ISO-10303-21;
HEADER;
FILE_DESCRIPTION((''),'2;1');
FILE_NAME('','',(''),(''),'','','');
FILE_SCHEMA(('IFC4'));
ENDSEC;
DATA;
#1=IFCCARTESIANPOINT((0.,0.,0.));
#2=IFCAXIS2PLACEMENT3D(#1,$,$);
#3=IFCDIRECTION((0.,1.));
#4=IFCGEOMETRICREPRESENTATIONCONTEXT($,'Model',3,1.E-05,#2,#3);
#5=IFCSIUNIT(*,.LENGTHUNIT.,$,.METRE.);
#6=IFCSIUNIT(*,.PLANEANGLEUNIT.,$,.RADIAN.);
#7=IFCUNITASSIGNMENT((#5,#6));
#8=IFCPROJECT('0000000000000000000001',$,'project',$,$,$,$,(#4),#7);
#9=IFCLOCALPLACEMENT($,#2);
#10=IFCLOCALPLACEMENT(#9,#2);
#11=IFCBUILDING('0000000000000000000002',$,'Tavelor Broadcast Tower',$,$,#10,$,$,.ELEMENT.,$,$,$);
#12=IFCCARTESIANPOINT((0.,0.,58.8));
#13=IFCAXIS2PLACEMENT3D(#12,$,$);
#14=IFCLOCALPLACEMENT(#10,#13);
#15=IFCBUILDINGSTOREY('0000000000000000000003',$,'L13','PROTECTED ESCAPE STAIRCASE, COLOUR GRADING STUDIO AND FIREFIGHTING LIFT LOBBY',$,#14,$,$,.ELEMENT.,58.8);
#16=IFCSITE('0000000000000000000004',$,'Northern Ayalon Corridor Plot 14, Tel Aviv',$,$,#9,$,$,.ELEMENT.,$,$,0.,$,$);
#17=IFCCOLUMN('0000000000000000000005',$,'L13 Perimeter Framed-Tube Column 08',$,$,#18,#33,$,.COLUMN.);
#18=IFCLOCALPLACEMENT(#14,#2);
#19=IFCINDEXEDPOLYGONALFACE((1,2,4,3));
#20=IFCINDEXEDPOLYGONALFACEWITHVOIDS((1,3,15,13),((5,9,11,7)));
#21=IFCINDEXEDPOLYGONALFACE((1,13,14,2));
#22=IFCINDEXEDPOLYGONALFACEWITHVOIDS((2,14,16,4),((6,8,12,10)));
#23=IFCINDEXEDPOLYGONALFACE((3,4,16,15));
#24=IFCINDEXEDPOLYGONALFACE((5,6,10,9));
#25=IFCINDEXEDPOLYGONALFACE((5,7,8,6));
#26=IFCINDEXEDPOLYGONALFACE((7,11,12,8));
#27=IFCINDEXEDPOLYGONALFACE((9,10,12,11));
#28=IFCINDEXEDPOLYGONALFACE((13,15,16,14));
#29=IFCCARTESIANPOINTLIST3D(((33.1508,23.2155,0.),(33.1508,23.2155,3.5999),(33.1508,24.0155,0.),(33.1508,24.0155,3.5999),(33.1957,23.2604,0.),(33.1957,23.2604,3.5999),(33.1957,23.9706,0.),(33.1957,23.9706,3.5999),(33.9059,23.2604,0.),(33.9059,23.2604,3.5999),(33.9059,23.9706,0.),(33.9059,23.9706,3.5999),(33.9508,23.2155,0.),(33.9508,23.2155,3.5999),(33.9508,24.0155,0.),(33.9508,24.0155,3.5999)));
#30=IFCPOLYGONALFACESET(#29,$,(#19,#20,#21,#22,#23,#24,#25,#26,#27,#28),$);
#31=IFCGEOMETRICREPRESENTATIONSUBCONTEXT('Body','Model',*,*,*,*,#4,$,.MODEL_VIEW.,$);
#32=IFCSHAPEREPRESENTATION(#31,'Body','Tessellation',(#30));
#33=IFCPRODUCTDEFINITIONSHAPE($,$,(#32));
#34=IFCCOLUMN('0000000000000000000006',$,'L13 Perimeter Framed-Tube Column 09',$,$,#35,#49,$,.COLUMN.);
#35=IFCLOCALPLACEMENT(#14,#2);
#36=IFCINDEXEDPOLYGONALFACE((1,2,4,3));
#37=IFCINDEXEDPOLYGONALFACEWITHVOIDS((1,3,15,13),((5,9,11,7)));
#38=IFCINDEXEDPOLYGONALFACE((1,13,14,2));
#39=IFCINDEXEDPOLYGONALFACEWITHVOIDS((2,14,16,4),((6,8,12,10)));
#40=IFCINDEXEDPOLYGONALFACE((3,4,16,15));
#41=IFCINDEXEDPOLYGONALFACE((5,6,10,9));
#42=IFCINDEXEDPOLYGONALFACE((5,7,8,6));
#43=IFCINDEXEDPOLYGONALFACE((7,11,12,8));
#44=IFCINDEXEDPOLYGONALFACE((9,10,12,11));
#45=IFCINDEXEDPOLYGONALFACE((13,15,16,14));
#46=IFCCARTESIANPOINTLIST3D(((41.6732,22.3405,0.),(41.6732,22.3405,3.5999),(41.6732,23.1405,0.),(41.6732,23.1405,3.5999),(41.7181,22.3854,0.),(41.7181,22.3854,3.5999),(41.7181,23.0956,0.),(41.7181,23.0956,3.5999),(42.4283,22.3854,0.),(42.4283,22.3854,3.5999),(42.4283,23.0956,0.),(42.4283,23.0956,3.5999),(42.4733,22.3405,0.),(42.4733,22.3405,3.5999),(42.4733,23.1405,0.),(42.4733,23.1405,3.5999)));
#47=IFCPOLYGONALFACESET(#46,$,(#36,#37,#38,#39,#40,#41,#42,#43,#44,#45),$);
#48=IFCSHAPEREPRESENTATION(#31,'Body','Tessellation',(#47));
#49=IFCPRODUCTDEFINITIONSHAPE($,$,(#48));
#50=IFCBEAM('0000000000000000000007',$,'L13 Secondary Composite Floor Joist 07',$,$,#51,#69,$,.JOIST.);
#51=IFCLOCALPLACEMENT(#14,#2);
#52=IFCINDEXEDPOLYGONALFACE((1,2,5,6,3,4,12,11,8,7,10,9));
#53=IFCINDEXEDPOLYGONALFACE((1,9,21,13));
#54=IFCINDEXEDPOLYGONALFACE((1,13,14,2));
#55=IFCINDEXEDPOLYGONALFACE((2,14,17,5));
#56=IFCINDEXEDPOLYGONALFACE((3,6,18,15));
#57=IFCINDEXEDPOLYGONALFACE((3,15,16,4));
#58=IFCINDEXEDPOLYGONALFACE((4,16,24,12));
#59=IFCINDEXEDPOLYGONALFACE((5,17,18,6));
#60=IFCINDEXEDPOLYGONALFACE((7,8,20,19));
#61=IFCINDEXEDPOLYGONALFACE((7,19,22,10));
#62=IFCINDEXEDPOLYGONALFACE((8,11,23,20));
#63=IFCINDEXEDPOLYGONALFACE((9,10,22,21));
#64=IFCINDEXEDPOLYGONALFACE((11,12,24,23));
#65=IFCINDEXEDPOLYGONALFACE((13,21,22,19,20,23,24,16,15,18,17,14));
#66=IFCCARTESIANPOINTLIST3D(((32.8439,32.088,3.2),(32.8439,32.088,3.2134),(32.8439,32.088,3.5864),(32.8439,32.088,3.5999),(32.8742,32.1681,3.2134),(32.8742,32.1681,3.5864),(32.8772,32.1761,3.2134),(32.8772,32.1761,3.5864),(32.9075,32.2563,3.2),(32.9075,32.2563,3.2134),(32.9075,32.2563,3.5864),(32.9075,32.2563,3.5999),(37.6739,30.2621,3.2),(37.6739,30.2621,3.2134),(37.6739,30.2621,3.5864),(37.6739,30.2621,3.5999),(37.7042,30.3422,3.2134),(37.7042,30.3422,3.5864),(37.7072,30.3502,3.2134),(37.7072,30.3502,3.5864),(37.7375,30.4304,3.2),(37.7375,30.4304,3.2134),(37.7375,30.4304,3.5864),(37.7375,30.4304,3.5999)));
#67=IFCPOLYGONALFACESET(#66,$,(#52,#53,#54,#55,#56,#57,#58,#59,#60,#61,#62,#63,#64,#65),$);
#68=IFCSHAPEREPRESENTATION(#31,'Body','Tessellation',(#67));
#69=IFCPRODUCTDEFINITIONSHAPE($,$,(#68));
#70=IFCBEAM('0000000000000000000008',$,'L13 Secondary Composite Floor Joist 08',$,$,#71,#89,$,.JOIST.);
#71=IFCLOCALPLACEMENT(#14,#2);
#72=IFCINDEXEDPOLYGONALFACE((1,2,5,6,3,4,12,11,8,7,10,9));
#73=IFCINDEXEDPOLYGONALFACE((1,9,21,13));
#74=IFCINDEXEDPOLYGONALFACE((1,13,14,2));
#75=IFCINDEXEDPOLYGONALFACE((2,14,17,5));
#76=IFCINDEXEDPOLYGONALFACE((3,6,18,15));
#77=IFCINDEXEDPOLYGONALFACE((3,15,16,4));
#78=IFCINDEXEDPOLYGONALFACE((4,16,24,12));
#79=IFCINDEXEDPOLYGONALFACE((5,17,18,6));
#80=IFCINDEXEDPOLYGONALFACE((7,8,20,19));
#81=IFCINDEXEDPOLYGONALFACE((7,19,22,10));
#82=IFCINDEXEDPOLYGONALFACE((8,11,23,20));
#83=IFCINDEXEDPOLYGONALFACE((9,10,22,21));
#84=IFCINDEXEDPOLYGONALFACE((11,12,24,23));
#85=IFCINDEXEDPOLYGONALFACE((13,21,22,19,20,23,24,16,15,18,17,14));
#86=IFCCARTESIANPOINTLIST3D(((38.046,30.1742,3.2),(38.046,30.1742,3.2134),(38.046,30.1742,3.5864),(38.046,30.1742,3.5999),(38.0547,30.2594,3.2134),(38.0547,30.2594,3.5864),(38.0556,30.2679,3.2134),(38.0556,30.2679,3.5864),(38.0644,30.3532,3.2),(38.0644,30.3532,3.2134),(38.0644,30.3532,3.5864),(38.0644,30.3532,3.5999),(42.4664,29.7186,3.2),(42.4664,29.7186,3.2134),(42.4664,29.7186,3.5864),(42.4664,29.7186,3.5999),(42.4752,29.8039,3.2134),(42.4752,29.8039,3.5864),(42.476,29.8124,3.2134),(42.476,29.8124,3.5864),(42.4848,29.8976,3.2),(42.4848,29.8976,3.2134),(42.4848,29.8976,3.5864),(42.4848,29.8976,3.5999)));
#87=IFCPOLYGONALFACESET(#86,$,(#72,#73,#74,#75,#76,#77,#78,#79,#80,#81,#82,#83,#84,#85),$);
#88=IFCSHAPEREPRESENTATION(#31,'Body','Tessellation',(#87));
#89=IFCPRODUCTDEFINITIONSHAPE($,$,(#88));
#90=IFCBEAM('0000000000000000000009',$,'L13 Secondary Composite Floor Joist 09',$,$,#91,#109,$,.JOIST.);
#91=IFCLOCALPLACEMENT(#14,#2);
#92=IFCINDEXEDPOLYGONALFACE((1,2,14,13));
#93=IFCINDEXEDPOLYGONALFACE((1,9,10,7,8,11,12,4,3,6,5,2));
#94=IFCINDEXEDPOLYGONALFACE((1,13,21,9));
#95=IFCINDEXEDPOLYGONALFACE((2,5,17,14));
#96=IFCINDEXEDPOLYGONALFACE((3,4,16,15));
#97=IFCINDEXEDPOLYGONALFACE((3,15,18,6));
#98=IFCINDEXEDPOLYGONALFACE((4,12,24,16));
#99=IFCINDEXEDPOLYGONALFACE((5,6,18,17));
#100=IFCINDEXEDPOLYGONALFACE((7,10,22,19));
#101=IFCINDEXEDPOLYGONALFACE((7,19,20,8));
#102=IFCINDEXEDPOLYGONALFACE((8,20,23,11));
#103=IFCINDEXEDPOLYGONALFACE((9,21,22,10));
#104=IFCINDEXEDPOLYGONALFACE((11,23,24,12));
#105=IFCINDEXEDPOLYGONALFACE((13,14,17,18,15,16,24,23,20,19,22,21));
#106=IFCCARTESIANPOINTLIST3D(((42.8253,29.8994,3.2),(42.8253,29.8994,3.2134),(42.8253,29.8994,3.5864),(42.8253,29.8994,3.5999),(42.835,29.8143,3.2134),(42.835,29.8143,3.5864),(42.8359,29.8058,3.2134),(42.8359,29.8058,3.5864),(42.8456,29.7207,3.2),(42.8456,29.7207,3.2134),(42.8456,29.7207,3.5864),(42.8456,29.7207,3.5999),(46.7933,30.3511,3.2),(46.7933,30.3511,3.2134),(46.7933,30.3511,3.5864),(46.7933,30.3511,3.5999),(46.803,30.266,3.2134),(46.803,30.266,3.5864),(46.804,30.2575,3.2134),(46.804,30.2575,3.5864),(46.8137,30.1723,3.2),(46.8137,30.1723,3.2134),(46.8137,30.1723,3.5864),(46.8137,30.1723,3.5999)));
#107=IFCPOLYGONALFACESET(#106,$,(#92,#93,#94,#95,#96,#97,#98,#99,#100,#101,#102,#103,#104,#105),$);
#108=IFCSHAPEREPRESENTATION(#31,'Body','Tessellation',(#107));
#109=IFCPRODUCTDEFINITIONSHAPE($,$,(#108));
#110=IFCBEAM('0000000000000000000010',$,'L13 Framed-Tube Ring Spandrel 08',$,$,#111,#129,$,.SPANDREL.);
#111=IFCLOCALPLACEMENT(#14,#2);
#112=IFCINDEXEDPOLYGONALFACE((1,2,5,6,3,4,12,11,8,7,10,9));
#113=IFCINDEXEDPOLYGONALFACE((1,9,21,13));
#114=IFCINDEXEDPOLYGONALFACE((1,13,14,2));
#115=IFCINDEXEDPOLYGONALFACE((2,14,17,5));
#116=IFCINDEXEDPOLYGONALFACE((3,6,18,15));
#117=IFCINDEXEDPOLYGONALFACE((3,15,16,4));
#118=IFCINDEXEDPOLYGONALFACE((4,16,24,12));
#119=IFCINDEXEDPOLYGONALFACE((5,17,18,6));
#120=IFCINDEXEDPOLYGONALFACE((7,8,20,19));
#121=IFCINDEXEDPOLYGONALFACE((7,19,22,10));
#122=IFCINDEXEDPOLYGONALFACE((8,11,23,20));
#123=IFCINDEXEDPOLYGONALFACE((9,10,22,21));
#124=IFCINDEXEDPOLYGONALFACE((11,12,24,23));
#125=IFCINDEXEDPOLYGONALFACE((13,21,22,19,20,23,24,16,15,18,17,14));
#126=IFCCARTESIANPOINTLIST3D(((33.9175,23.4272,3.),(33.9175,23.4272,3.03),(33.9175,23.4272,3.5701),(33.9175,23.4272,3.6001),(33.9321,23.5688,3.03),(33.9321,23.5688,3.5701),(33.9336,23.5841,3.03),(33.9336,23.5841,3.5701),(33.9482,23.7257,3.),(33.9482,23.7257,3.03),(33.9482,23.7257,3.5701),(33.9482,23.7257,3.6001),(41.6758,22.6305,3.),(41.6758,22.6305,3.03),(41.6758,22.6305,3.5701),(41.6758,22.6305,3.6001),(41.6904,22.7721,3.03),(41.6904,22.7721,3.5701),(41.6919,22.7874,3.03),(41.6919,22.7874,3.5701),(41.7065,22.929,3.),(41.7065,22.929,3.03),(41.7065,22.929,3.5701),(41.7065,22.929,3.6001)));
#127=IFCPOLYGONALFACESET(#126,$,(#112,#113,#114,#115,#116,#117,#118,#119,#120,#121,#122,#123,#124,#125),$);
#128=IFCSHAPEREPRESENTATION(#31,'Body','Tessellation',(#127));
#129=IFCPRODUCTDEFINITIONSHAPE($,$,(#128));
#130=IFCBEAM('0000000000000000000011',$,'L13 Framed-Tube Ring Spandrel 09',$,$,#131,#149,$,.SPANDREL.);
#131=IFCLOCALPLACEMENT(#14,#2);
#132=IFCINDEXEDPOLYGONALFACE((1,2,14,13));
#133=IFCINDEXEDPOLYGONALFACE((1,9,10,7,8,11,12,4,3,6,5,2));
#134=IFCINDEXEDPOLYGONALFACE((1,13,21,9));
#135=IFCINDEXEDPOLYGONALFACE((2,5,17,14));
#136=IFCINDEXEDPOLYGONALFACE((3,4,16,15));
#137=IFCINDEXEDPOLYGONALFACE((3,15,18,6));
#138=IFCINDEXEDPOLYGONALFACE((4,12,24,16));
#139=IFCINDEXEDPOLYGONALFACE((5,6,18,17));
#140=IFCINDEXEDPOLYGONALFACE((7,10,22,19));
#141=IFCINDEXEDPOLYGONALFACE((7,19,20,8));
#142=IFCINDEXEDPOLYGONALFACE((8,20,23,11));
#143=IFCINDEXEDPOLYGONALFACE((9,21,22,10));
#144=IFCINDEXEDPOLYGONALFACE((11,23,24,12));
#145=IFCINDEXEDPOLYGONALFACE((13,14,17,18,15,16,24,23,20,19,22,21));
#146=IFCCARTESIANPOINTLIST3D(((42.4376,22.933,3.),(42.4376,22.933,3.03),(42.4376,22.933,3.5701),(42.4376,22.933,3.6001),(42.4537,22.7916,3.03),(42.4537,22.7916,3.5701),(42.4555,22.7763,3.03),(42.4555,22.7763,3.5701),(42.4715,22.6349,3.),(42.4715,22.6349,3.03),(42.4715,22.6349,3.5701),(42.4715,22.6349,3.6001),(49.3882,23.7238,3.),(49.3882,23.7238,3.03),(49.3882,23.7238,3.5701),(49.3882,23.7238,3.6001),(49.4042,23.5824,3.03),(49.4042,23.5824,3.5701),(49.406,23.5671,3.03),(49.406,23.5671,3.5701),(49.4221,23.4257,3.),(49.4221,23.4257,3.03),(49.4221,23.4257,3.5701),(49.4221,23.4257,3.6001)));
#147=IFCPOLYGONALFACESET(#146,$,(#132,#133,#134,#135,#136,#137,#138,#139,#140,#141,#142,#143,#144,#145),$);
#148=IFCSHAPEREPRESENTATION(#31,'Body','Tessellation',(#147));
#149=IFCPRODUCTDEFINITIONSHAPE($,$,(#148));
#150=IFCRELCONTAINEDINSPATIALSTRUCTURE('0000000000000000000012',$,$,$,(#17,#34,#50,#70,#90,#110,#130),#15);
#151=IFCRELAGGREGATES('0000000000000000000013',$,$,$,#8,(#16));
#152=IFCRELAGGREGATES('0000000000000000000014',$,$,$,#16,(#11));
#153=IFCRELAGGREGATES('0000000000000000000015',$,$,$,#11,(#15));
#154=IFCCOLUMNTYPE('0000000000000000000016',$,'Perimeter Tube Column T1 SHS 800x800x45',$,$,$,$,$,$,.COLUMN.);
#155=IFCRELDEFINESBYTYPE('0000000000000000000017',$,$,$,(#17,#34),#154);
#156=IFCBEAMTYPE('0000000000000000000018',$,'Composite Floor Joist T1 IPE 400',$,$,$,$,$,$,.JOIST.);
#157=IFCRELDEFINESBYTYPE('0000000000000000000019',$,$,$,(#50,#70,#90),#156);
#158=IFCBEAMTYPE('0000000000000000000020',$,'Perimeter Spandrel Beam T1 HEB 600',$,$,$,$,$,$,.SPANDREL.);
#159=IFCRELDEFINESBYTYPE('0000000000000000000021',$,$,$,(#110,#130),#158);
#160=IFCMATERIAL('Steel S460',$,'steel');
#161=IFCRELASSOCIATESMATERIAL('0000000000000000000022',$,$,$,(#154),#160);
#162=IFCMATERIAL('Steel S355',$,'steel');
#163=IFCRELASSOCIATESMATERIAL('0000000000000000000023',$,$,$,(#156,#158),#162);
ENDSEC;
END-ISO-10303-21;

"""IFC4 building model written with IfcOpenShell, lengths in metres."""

from ifc_helpers import new_model, si_unit, direction, frame, origin, origin_2d, place, context, subcontext, project, spatial, hollow_rectangle, i_section, extrude, material, material_profile, profile_set, type_object, element, save


model = new_model("IFC4")

# Units and contexts
model_context = context("Model", 3, precision=1e-05, world=origin(), true_north=direction((0.0, 1.0)))
body_context = subcontext(model_context, "Body", "Model", "MODEL_VIEW")
ifc_project = project(units=[si_unit("LENGTHUNIT", "METRE"), si_unit("PLANEANGLEUNIT", "RADIAN")], contexts=[model_context])

# Site, building, storey
site_placement = place(None, origin())
site = spatial("IfcSite", under=ifc_project, at=site_placement, Name="Northern Ayalon Corridor Plot 14, Tel Aviv", CompositionType="ELEMENT", RefElevation=0.0)
building_placement = place(site_placement, origin())
building = spatial("IfcBuilding", under=site, at=building_placement, Name="Tavelor Broadcast Tower", CompositionType="ELEMENT")
storey_placement = place(building_placement, frame((0.0, 0.0, 58.8)))
storey = spatial("IfcBuildingStorey", under=building, at=storey_placement, Name="L13", Description="PROTECTED ESCAPE STAIRCASE, COLOUR GRADING STUDIO AND FIREFIGHTING LIFT LOBBY", CompositionType="ELEMENT", Elevation=58.8)

# Columns
ifc_material_1 = material(Name="Steel S460", Category="steel")
ifc_material_profile_1 = material_profile(ifc_material_1, hollow_rectangle(XDim=0.8, YDim=0.8, WallThickness=0.0449, at=origin_2d()), Name="SHS 800x800x45")
ifc_profile_set_1 = profile_set([ifc_material_profile_1], Name="Steel S460")
column_type = type_object("IfcColumnType", Name="Perimeter Tube Column T1 SHS 800x800x45", PredefinedType="COLUMN", material=ifc_profile_set_1)
for number, where, z_axis, x_axis, name in (
    (1, (33.5508, 23.6155, 0.0), (0.0, 0.0, 1.0), (1.0, 0.0, 0.0), "L13 Perimeter Framed-Tube Column 08"),
    (2, (42.0732, 22.7405, 0.0), (0.0, 0.0, 1.0), (1.0, 0.0, 0.0), "L13 Perimeter Framed-Tube Column 09"),
):
    element("IfcColumn", number, at=place(storey_placement, frame(where, z_axis=z_axis, x_axis=x_axis)), inside=storey, type_object=column_type, Name=name, PredefinedType="COLUMN", context=body_context, shape_type="SweptSolid", body=[
        extrude(hollow_rectangle(XDim=0.8, YDim=0.8, WallThickness=0.0449, at=origin_2d()), origin(), (0.0, 0.0, 1.0), 3.5999),
    ])

# Beams
ifc_material_2 = material(Name="Steel S355", Category="steel")
ifc_material_profile_2 = material_profile(ifc_material_2, i_section(OverallWidth=0.1799, OverallDepth=0.3999, WebThickness=0.0085, FlangeThickness=0.0134, at=origin_2d()), Name="IPE 400")
ifc_profile_set_2 = profile_set([ifc_material_profile_2], Name="Steel S355")
beam_type_1 = type_object("IfcBeamType", Name="Composite Floor Joist T1 IPE 400", PredefinedType="JOIST", material=ifc_profile_set_2)
beam_1_placement = place(storey_placement, frame((32.8757, 32.1721, 3.3999), z_axis=(0.935393, -0.353609, 0.0), x_axis=(0.353609, 0.935393, 0.0)))
element("IfcBeam", 3, at=beam_1_placement, inside=storey, type_object=beam_type_1, Name="L13 Secondary Composite Floor Joist 07", PredefinedType="JOIST", context=body_context, shape_type="SweptSolid", body=[
    extrude(i_section(OverallWidth=0.1799, OverallDepth=0.3999, WebThickness=0.0085, FlangeThickness=0.0134, at=origin_2d()), origin(), (0.0, 0.0, 1.0), 5.1636),
])
beam_2_placement = place(storey_placement, frame((38.0552, 30.2637, 3.3999), z_axis=(0.994731, -0.102517, 0.0), x_axis=(0.102517, 0.994731, 0.0)))
element("IfcBeam", 4, at=beam_2_placement, inside=storey, type_object=beam_type_1, Name="L13 Secondary Composite Floor Joist 08", PredefinedType="JOIST", context=body_context, shape_type="SweptSolid", body=[
    extrude(i_section(OverallWidth=0.1799, OverallDepth=0.3999, WebThickness=0.0085, FlangeThickness=0.0134, at=origin_2d()), origin(), (0.0, 0.0, 1.0), 4.4438),
])
beam_3_placement = place(storey_placement, frame((42.8354, 29.8101, 3.3999), z_axis=(0.993584, 0.113095, 0.0), x_axis=(-0.113095, 0.993584, 0.0)))
element("IfcBeam", 5, at=beam_3_placement, inside=storey, type_object=beam_type_1, Name="L13 Secondary Composite Floor Joist 09", PredefinedType="JOIST", context=body_context, shape_type="SweptSolid", body=[
    extrude(i_section(OverallWidth=0.1799, OverallDepth=0.3999, WebThickness=0.0085, FlangeThickness=0.0134, at=origin_2d()), origin(), (0.0, 0.0, 1.0), 3.9937),
])
ifc_material_profile_3 = material_profile(ifc_material_2, i_section(OverallWidth=0.3, OverallDepth=0.6001, WebThickness=0.0154, FlangeThickness=0.03, at=origin_2d()), Name="HEB 600")
ifc_profile_set_3 = profile_set([ifc_material_profile_3], Name="Steel S355")
beam_type_2 = type_object("IfcBeamType", Name="Perimeter Spandrel Beam T1 HEB 600", PredefinedType="SPANDREL", material=ifc_profile_set_3)
beam_4_placement = place(storey_placement, frame((33.9329, 23.5764, 3.3), z_axis=(0.99477, -0.102144, 0.0), x_axis=(0.102144, 0.99477, 0.0)))
element("IfcBeam", 6, at=beam_4_placement, inside=storey, type_object=beam_type_2, Name="L13 Framed-Tube Ring Spandrel 08", PredefinedType="SPANDREL", context=body_context, shape_type="SweptSolid", body=[
    extrude(i_section(OverallWidth=0.3, OverallDepth=0.6001, WebThickness=0.0154, FlangeThickness=0.03, at=origin_2d()), origin(), (0.0, 0.0, 1.0), 7.7991),
])
beam_5_placement = place(storey_placement, frame((42.4546, 22.7839, 3.3), z_axis=(0.99359, 0.113044, 0.0), x_axis=(-0.113044, 0.99359, 0.0)))
element("IfcBeam", 7, at=beam_5_placement, inside=storey, type_object=beam_type_2, Name="L13 Framed-Tube Ring Spandrel 09", PredefinedType="SPANDREL", context=body_context, shape_type="SweptSolid", body=[
    extrude(i_section(OverallWidth=0.3, OverallDepth=0.6001, WebThickness=0.0154, FlangeThickness=0.03, at=origin_2d()), origin(), (0.0, 0.0, 1.0), 6.9954),
])

save(model, "model.ifc")
